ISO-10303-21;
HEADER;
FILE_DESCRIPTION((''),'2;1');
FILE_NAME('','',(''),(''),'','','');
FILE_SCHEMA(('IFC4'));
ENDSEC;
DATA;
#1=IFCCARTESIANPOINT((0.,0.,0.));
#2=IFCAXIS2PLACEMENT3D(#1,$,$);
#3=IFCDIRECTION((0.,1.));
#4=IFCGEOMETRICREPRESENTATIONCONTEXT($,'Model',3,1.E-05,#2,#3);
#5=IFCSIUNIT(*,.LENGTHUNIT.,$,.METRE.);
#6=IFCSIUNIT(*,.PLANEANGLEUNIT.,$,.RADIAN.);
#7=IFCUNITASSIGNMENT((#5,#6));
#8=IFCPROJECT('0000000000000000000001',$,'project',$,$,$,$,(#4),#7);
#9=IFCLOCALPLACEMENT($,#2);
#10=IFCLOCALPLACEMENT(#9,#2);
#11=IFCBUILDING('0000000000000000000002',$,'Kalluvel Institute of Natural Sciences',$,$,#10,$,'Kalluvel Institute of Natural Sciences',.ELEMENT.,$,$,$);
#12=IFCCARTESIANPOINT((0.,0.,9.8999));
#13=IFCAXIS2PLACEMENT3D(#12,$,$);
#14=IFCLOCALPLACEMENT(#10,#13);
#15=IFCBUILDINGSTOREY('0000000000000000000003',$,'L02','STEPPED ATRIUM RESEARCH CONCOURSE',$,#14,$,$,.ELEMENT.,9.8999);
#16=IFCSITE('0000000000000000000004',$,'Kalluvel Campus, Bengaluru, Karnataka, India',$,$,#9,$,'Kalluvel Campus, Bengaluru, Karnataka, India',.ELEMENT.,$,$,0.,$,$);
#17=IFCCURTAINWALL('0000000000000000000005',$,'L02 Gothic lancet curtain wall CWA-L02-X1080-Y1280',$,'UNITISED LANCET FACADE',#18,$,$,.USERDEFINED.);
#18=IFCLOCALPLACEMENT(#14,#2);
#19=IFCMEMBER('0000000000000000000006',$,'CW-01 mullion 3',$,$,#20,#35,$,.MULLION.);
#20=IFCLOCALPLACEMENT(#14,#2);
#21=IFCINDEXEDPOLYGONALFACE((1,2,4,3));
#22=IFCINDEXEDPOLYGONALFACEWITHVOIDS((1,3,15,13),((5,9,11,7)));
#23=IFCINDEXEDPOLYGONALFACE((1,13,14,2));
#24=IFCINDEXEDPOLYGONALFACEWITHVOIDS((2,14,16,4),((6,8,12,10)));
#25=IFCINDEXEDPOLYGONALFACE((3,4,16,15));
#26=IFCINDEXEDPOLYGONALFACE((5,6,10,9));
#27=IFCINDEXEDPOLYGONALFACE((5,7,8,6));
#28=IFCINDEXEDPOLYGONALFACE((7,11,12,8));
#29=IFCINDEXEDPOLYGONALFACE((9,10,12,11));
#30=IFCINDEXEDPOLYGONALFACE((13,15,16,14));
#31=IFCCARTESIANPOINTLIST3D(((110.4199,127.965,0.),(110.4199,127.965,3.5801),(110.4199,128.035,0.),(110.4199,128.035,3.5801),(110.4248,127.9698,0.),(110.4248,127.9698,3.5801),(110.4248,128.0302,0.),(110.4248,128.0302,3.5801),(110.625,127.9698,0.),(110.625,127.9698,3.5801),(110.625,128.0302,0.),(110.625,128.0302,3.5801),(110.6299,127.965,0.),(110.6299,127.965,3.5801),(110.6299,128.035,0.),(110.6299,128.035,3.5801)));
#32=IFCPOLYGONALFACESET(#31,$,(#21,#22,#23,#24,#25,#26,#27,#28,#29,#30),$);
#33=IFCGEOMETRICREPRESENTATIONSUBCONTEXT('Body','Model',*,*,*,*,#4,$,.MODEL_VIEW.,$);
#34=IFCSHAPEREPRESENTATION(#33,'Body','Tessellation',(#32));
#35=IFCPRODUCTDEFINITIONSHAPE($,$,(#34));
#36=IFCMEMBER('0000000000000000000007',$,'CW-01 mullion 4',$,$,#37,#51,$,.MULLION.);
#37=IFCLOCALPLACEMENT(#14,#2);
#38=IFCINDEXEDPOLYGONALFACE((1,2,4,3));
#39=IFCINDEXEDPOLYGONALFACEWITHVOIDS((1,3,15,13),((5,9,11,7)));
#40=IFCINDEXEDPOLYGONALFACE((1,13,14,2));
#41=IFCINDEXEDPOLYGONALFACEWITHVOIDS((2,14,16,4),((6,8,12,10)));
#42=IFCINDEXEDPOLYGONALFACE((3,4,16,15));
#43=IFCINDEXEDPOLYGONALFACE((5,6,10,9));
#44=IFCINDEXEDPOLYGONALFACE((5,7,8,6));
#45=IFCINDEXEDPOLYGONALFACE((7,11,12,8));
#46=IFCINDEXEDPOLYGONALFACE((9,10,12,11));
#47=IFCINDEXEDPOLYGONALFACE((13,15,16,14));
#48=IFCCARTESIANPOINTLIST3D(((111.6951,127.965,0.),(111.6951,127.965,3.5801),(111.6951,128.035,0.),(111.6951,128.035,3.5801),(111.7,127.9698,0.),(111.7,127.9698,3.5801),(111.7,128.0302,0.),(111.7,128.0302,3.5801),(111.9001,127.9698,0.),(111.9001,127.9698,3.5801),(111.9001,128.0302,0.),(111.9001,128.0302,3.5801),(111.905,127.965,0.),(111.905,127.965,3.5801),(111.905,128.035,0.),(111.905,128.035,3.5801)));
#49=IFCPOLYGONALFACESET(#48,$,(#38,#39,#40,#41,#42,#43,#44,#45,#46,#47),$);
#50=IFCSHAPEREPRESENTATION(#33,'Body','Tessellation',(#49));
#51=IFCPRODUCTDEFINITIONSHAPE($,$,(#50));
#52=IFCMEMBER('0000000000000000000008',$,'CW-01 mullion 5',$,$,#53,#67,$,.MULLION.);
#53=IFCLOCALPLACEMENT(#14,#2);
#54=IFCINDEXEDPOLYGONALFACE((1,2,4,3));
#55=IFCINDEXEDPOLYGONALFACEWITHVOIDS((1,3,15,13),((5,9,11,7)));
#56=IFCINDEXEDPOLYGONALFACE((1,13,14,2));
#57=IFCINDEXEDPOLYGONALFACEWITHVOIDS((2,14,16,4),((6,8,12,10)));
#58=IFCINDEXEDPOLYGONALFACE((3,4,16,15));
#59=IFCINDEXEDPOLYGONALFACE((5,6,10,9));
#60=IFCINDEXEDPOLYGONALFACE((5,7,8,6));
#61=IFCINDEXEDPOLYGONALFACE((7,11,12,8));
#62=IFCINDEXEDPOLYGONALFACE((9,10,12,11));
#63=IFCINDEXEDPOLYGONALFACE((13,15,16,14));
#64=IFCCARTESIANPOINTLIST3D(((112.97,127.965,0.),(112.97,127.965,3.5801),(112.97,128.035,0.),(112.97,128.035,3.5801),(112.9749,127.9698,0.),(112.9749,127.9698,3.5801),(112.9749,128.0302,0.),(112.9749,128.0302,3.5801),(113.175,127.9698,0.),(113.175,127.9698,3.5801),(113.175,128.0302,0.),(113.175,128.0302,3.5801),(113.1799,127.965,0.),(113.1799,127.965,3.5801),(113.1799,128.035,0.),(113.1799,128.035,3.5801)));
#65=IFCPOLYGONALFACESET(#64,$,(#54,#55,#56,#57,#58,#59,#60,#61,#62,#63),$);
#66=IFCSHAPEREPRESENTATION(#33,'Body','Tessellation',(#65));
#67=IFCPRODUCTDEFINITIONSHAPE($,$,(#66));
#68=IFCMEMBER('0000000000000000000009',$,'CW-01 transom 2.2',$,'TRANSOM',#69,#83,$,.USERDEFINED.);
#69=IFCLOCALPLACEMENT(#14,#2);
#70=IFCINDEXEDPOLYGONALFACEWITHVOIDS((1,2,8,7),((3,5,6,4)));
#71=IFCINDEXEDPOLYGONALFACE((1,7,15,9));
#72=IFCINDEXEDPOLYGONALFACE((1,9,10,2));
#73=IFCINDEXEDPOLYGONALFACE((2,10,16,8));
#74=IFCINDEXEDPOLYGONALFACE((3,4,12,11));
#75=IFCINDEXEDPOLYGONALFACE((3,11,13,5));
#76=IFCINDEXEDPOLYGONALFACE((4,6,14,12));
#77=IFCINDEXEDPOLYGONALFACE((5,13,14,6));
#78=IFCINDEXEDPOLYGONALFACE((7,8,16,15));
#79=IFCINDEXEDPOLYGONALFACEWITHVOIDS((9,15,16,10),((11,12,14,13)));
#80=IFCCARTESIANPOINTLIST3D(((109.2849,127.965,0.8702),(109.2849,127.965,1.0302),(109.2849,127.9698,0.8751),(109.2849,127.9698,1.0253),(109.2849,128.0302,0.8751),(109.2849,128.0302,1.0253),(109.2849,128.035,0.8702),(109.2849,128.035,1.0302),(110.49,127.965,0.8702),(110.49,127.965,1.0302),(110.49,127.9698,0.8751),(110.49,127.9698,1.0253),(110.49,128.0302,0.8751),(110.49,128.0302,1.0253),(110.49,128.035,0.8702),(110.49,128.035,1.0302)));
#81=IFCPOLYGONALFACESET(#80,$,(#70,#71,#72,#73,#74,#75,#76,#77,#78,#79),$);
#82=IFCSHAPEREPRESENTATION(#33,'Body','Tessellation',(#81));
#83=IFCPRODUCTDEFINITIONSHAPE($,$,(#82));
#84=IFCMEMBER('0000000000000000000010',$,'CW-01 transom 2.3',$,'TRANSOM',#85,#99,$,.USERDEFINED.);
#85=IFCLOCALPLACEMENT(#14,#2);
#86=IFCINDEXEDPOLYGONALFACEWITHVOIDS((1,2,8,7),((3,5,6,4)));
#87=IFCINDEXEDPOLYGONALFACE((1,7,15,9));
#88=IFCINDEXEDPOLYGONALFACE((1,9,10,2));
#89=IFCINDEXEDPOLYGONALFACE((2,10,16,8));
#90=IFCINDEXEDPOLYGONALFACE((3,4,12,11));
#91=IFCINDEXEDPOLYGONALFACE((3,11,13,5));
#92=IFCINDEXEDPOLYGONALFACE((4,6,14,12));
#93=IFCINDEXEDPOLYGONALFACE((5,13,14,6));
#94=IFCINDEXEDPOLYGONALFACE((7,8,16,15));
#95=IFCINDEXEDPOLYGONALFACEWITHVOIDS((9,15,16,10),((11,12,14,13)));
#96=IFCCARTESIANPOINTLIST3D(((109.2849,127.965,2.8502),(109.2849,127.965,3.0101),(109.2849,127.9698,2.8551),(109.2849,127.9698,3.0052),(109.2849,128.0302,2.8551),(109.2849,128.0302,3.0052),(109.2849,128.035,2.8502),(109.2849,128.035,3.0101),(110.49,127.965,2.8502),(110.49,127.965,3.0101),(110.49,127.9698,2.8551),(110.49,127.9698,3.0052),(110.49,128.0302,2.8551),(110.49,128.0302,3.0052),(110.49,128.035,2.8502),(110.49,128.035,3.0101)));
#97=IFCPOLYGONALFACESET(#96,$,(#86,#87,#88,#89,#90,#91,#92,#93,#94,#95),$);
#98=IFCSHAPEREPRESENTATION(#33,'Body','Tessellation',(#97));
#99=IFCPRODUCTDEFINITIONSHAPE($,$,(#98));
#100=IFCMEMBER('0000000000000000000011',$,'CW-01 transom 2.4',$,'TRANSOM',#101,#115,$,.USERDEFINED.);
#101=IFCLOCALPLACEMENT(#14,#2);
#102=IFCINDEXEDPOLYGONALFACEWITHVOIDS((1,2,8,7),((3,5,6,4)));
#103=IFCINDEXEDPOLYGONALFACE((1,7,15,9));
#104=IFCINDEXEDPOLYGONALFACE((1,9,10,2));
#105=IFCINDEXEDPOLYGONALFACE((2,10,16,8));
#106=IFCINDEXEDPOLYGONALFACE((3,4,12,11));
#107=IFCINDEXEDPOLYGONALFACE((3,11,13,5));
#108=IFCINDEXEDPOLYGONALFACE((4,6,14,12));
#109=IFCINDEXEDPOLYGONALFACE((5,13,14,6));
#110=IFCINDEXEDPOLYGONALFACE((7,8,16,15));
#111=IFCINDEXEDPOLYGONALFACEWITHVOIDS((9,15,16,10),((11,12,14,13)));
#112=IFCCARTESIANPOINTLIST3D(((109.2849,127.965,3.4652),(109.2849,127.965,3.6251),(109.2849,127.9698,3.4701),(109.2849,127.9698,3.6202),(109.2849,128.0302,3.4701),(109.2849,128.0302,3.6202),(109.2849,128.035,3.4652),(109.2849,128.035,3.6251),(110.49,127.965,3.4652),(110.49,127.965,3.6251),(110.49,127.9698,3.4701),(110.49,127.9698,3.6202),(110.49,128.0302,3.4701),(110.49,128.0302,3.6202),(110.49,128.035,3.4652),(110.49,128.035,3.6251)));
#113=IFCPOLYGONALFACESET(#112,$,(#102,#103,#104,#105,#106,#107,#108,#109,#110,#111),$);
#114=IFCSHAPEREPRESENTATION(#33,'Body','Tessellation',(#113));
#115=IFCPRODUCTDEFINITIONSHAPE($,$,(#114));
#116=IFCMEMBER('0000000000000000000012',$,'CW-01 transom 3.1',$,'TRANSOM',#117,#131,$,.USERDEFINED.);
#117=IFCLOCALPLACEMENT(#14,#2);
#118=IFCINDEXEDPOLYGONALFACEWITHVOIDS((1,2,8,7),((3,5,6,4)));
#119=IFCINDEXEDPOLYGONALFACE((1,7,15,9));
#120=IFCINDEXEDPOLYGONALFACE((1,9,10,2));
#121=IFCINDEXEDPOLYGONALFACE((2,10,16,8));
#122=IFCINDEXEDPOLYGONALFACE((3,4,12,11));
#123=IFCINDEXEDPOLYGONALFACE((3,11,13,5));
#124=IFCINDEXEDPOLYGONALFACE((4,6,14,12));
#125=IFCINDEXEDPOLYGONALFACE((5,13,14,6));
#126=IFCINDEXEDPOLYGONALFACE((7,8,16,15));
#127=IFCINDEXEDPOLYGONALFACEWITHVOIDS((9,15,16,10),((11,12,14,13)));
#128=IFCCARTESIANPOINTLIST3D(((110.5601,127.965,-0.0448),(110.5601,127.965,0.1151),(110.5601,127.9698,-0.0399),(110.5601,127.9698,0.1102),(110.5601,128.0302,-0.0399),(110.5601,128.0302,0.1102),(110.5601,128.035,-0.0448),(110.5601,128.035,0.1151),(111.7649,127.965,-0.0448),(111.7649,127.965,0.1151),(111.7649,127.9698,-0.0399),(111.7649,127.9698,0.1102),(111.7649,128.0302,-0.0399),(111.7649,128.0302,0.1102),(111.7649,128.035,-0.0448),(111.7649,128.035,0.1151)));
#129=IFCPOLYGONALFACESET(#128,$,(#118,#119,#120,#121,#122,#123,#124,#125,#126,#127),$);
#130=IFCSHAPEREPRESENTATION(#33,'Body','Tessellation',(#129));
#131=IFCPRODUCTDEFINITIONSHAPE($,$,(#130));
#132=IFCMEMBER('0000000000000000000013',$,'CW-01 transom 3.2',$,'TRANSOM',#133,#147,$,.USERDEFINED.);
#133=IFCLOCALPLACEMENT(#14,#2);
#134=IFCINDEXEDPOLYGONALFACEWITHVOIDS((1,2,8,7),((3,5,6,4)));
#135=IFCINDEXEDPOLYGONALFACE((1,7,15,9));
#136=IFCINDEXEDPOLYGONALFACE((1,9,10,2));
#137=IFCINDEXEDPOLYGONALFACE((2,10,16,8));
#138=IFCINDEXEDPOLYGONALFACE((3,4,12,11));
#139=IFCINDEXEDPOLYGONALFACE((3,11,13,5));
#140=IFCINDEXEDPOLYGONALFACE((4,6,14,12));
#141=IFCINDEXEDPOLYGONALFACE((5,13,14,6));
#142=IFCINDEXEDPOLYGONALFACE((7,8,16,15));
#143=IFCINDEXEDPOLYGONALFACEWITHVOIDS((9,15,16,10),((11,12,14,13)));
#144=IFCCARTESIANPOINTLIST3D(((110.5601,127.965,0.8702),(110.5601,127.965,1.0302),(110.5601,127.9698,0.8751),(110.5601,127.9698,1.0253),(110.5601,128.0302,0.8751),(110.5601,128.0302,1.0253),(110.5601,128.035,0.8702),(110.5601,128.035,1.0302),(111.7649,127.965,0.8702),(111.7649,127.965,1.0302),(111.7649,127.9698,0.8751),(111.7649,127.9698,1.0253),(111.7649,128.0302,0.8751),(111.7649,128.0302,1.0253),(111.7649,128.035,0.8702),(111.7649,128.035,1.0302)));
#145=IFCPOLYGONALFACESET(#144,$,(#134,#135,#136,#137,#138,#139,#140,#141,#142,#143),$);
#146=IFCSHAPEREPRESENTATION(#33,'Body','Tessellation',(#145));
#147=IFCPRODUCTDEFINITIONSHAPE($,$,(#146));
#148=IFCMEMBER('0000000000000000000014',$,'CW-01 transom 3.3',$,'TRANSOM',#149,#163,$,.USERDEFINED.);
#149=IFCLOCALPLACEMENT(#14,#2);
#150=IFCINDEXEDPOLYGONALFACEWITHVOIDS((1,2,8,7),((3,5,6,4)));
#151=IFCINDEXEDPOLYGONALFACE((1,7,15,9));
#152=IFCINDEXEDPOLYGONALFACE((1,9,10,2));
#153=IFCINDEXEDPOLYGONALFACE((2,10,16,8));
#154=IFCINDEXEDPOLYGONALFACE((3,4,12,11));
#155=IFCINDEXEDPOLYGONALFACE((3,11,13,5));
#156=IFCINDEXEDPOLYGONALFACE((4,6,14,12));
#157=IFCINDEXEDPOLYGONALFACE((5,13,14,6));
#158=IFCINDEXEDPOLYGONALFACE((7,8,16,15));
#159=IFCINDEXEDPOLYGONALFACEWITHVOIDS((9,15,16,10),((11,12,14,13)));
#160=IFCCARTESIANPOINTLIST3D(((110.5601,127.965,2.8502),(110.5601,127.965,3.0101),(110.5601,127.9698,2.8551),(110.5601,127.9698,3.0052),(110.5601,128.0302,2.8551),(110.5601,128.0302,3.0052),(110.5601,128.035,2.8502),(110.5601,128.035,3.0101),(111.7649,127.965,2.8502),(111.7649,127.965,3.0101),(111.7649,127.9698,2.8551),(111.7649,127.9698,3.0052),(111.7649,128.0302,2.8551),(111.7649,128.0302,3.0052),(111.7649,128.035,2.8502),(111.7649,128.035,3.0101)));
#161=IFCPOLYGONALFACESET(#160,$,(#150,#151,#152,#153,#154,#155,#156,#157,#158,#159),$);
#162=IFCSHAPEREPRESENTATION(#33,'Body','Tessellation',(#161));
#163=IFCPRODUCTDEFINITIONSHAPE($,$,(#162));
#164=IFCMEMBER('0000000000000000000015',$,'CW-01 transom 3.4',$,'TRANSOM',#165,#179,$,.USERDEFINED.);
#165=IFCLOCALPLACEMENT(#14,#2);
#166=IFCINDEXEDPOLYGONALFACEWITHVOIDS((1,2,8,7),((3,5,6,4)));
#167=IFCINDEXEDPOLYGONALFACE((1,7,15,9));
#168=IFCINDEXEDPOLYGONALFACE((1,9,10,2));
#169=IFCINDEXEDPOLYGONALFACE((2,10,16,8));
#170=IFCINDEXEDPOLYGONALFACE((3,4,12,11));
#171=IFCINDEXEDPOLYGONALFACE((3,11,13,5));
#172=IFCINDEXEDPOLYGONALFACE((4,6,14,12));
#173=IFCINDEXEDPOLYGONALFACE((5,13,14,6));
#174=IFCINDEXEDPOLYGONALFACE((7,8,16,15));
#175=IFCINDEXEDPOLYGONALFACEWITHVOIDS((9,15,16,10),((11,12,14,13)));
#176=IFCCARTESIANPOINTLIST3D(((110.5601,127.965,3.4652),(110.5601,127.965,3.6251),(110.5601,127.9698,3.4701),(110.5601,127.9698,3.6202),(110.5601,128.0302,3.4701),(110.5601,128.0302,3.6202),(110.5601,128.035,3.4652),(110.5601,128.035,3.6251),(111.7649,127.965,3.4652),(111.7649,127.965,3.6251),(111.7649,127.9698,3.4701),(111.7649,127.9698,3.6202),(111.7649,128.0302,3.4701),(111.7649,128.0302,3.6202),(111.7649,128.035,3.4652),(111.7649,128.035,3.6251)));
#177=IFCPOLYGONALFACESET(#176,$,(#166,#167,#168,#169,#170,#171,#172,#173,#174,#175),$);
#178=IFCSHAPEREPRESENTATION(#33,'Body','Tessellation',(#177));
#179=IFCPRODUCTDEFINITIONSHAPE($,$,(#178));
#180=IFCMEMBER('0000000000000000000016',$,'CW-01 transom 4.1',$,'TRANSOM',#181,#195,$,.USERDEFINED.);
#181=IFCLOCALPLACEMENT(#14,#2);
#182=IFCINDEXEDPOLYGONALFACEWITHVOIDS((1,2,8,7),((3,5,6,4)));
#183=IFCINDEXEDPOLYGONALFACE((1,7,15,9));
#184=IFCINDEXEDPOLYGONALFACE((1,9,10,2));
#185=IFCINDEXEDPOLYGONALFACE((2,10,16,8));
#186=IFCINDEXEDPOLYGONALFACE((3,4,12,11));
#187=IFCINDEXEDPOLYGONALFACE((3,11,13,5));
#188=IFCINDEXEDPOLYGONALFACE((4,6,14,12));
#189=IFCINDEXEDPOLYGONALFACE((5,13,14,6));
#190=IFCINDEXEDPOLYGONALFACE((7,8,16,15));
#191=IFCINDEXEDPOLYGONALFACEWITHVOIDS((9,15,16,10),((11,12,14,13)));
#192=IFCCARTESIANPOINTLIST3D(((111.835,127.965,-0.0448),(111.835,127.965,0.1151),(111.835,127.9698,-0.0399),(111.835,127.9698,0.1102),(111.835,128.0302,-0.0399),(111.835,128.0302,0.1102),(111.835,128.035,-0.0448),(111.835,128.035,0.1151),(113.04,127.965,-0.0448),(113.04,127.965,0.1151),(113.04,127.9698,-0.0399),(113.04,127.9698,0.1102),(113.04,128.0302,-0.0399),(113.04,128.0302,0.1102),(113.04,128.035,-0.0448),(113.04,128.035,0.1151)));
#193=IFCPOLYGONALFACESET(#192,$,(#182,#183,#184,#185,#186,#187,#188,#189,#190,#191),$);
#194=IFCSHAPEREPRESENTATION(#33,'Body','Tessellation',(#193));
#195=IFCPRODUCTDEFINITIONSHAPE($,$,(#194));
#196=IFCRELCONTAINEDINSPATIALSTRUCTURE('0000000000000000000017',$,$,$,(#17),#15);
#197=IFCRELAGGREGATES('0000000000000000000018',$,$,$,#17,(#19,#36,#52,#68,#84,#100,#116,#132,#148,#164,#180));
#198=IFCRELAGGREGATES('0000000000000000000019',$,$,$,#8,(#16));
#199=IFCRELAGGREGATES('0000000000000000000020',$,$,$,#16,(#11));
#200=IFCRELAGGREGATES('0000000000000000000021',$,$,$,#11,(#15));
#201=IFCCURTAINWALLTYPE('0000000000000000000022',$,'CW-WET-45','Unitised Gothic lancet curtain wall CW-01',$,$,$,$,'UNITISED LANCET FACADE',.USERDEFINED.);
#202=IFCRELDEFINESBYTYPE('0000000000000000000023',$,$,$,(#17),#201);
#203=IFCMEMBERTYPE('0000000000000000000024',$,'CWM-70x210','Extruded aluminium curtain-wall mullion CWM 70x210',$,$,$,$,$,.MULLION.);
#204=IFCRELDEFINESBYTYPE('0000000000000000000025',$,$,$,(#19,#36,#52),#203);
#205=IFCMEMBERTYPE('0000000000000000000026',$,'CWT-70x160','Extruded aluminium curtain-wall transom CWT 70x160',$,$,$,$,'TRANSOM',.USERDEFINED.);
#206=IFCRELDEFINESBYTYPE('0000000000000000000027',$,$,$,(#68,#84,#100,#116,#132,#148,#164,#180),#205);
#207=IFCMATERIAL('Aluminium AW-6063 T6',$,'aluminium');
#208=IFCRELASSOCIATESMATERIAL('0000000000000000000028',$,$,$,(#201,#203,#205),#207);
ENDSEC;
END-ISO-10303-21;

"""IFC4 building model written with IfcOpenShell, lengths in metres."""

from ifc_helpers import new_model, si_unit, direction, frame, origin, origin_2d, place, context, subcontext, project, spatial, hollow_rectangle, extrude, material, material_profile, profile_set, type_object, element, aggregate, save


model = new_model("IFC4")

# Units and contexts
model_context = context("Model", 3, precision=1e-05, world=origin(), true_north=direction((0.0, 1.0)))
body_context = subcontext(model_context, "Body", "Model", "MODEL_VIEW")
ifc_project = project(units=[si_unit("LENGTHUNIT", "METRE"), si_unit("PLANEANGLEUNIT", "RADIAN")], contexts=[model_context])

# Site, building, storey
site_placement = place(None, origin())
site = spatial("IfcSite", under=ifc_project, at=site_placement, Name="Kalluvel Campus, Bengaluru, Karnataka, India", LongName="Kalluvel Campus, Bengaluru, Karnataka, India", CompositionType="ELEMENT", RefElevation=0.0)
building_placement = place(site_placement, origin())
building = spatial("IfcBuilding", under=site, at=building_placement, Name="Kalluvel Institute of Natural Sciences", LongName="Kalluvel Institute of Natural Sciences", CompositionType="ELEMENT")
storey_placement = place(building_placement, frame((0.0, 0.0, 9.8999)))
storey = spatial("IfcBuildingStorey", under=building, at=storey_placement, Name="L02", Description="STEPPED ATRIUM RESEARCH CONCOURSE", CompositionType="ELEMENT", Elevation=9.8999)

# Curtain wall, members
ifc_material_1 = material(Name="Aluminium AW-6063 T6", Category="aluminium")
curtain_wall_type = type_object("IfcCurtainWallType", Name="CW-WET-45", Description="Unitised Gothic lancet curtain wall CW-01", ElementType="UNITISED LANCET FACADE", PredefinedType="USERDEFINED", material=ifc_material_1)
curtain_wall_placement = place(storey_placement, origin())
curtain_wall = element("IfcCurtainWall", 1, at=curtain_wall_placement, inside=storey, type_object=curtain_wall_type, Name="L02 Gothic lancet curtain wall CWA-L02-X1080-Y1280", ObjectType="UNITISED LANCET FACADE", PredefinedType="USERDEFINED")
ifc_material_profile_1 = material_profile(ifc_material_1, hollow_rectangle(XDim=0.0701, YDim=0.21, WallThickness=0.0049, at=origin_2d()), Name="CWM 70x210")
ifc_profile_set_1 = profile_set([ifc_material_profile_1], Name="Aluminium AW-6063 T6")
member_type_1 = type_object("IfcMemberType", Name="CWM-70x210", Description="Extruded aluminium curtain-wall mullion CWM 70x210", PredefinedType="MULLION", material=ifc_profile_set_1)
member_1_placement = place(storey_placement, frame((110.5249, 128.0, 0.0), z_axis=(0.0, 0.0, 1.0), x_axis=(0.0, 1.0, 0.0)))
member_1 = element("IfcMember", 2, at=member_1_placement, type_object=member_type_1, Name="CW-01 mullion 3", PredefinedType="MULLION", context=body_context, shape_type="SweptSolid", body=[
    extrude(hollow_rectangle(XDim=0.0701, YDim=0.21, WallThickness=0.0049, at=origin_2d()), origin(), (0.0, 0.0, 1.0), 3.5801),
])
member_2_placement = place(storey_placement, frame((111.8, 128.0, 0.0), z_axis=(0.0, 0.0, 1.0), x_axis=(0.0, 1.0, 0.0)))
member_2 = element("IfcMember", 3, at=member_2_placement, type_object=member_type_1, Name="CW-01 mullion 4", PredefinedType="MULLION", context=body_context, shape_type="SweptSolid", body=[
    extrude(hollow_rectangle(XDim=0.0701, YDim=0.21, WallThickness=0.0049, at=origin_2d()), origin(), (0.0, 0.0, 1.0), 3.5801),
])
member_3_placement = place(storey_placement, frame((113.075, 128.0, 0.0), z_axis=(0.0, 0.0, 1.0), x_axis=(0.0, 1.0, 0.0)))
member_3 = element("IfcMember", 4, at=member_3_placement, type_object=member_type_1, Name="CW-01 mullion 5", PredefinedType="MULLION", context=body_context, shape_type="SweptSolid", body=[
    extrude(hollow_rectangle(XDim=0.0701, YDim=0.21, WallThickness=0.0049, at=origin_2d()), origin(), (0.0, 0.0, 1.0), 3.5801),
])
ifc_material_profile_2 = material_profile(ifc_material_1, hollow_rectangle(XDim=0.0701, YDim=0.1599, WallThickness=0.0049, at=origin_2d()), Name="CWT 70x160")
ifc_profile_set_2 = profile_set([ifc_material_profile_2], Name="Aluminium AW-6063 T6")
member_type_2 = type_object("IfcMemberType", Name="CWT-70x160", Description="Extruded aluminium curtain-wall transom CWT 70x160", ElementType="TRANSOM", PredefinedType="USERDEFINED", material=ifc_profile_set_2)
member_4_placement = place(storey_placement, frame((109.2849, 128.0, 0.9502), z_axis=(1.0, 0.0, 0.0), x_axis=(0.0, 1.0, 0.0)))
member_4 = element("IfcMember", 5, at=member_4_placement, type_object=member_type_2, Name="CW-01 transom 2.2", ObjectType="TRANSOM", PredefinedType="USERDEFINED", context=body_context, shape_type="SweptSolid", body=[
    extrude(hollow_rectangle(XDim=0.0701, YDim=0.1599, WallThickness=0.0049, at=origin_2d()), origin(), (0.0, 0.0, 1.0), 1.2051),
])
member_5_placement = place(storey_placement, frame((109.2849, 128.0, 2.9302), z_axis=(1.0, 0.0, 0.0), x_axis=(0.0, 1.0, 0.0)))
member_5 = element("IfcMember", 6, at=member_5_placement, type_object=member_type_2, Name="CW-01 transom 2.3", ObjectType="TRANSOM", PredefinedType="USERDEFINED", context=body_context, shape_type="SweptSolid", body=[
    extrude(hollow_rectangle(XDim=0.0701, YDim=0.1599, WallThickness=0.0049, at=origin_2d()), origin(), (0.0, 0.0, 1.0), 1.2051),
])
member_6_placement = place(storey_placement, frame((109.2849, 128.0, 3.5452), z_axis=(1.0, 0.0, 0.0), x_axis=(0.0, 1.0, 0.0)))
member_6 = element("IfcMember", 7, at=member_6_placement, type_object=member_type_2, Name="CW-01 transom 2.4", ObjectType="TRANSOM", PredefinedType="USERDEFINED", context=body_context, shape_type="SweptSolid", body=[
    extrude(hollow_rectangle(XDim=0.0701, YDim=0.1599, WallThickness=0.0049, at=origin_2d()), origin(), (0.0, 0.0, 1.0), 1.2051),
])
member_7_placement = place(storey_placement, frame((110.5601, 128.0, 0.0352), z_axis=(1.0, 0.0, 0.0), x_axis=(0.0, 1.0, 0.0)))
member_7 = element("IfcMember", 8, at=member_7_placement, type_object=member_type_2, Name="CW-01 transom 3.1", ObjectType="TRANSOM", PredefinedType="USERDEFINED", context=body_context, shape_type="SweptSolid", body=[
    extrude(hollow_rectangle(XDim=0.0701, YDim=0.1599, WallThickness=0.0049, at=origin_2d()), origin(), (0.0, 0.0, 1.0), 1.2048),
])
member_8_placement = place(storey_placement, frame((110.5601, 128.0, 0.9502), z_axis=(1.0, 0.0, 0.0), x_axis=(0.0, 1.0, 0.0)))
member_8 = element("IfcMember", 9, at=member_8_placement, type_object=member_type_2, Name="CW-01 transom 3.2", ObjectType="TRANSOM", PredefinedType="USERDEFINED", context=body_context, shape_type="SweptSolid", body=[
    extrude(hollow_rectangle(XDim=0.0701, YDim=0.1599, WallThickness=0.0049, at=origin_2d()), origin(), (0.0, 0.0, 1.0), 1.2048),
])
member_9_placement = place(storey_placement, frame((110.5601, 128.0, 2.9302), z_axis=(1.0, 0.0, 0.0), x_axis=(0.0, 1.0, 0.0)))
member_9 = element("IfcMember", 10, at=member_9_placement, type_object=member_type_2, Name="CW-01 transom 3.3", ObjectType="TRANSOM", PredefinedType="USERDEFINED", context=body_context, shape_type="SweptSolid", body=[
    extrude(hollow_rectangle(XDim=0.0701, YDim=0.1599, WallThickness=0.0049, at=origin_2d()), origin(), (0.0, 0.0, 1.0), 1.2048),
])
member_10_placement = place(storey_placement, frame((110.5601, 128.0, 3.5452), z_axis=(1.0, 0.0, 0.0), x_axis=(0.0, 1.0, 0.0)))
member_10 = element("IfcMember", 11, at=member_10_placement, type_object=member_type_2, Name="CW-01 transom 3.4", ObjectType="TRANSOM", PredefinedType="USERDEFINED", context=body_context, shape_type="SweptSolid", body=[
    extrude(hollow_rectangle(XDim=0.0701, YDim=0.1599, WallThickness=0.0049, at=origin_2d()), origin(), (0.0, 0.0, 1.0), 1.2048),
])
member_11_placement = place(storey_placement, frame((111.835, 128.0, 0.0352), z_axis=(1.0, 0.0, 0.0), x_axis=(0.0, 1.0, 0.0)))
member_11 = element("IfcMember", 12, at=member_11_placement, type_object=member_type_2, Name="CW-01 transom 4.1", ObjectType="TRANSOM", PredefinedType="USERDEFINED", context=body_context, shape_type="SweptSolid", body=[
    extrude(hollow_rectangle(XDim=0.0701, YDim=0.1599, WallThickness=0.0049, at=origin_2d()), origin(), (0.0, 0.0, 1.0), 1.2051),
])
aggregate(curtain_wall, [member_1, member_2, member_3, member_4, member_5, member_6, member_7, member_8, member_9, member_10, member_11])

save(model, "model.ifc")
